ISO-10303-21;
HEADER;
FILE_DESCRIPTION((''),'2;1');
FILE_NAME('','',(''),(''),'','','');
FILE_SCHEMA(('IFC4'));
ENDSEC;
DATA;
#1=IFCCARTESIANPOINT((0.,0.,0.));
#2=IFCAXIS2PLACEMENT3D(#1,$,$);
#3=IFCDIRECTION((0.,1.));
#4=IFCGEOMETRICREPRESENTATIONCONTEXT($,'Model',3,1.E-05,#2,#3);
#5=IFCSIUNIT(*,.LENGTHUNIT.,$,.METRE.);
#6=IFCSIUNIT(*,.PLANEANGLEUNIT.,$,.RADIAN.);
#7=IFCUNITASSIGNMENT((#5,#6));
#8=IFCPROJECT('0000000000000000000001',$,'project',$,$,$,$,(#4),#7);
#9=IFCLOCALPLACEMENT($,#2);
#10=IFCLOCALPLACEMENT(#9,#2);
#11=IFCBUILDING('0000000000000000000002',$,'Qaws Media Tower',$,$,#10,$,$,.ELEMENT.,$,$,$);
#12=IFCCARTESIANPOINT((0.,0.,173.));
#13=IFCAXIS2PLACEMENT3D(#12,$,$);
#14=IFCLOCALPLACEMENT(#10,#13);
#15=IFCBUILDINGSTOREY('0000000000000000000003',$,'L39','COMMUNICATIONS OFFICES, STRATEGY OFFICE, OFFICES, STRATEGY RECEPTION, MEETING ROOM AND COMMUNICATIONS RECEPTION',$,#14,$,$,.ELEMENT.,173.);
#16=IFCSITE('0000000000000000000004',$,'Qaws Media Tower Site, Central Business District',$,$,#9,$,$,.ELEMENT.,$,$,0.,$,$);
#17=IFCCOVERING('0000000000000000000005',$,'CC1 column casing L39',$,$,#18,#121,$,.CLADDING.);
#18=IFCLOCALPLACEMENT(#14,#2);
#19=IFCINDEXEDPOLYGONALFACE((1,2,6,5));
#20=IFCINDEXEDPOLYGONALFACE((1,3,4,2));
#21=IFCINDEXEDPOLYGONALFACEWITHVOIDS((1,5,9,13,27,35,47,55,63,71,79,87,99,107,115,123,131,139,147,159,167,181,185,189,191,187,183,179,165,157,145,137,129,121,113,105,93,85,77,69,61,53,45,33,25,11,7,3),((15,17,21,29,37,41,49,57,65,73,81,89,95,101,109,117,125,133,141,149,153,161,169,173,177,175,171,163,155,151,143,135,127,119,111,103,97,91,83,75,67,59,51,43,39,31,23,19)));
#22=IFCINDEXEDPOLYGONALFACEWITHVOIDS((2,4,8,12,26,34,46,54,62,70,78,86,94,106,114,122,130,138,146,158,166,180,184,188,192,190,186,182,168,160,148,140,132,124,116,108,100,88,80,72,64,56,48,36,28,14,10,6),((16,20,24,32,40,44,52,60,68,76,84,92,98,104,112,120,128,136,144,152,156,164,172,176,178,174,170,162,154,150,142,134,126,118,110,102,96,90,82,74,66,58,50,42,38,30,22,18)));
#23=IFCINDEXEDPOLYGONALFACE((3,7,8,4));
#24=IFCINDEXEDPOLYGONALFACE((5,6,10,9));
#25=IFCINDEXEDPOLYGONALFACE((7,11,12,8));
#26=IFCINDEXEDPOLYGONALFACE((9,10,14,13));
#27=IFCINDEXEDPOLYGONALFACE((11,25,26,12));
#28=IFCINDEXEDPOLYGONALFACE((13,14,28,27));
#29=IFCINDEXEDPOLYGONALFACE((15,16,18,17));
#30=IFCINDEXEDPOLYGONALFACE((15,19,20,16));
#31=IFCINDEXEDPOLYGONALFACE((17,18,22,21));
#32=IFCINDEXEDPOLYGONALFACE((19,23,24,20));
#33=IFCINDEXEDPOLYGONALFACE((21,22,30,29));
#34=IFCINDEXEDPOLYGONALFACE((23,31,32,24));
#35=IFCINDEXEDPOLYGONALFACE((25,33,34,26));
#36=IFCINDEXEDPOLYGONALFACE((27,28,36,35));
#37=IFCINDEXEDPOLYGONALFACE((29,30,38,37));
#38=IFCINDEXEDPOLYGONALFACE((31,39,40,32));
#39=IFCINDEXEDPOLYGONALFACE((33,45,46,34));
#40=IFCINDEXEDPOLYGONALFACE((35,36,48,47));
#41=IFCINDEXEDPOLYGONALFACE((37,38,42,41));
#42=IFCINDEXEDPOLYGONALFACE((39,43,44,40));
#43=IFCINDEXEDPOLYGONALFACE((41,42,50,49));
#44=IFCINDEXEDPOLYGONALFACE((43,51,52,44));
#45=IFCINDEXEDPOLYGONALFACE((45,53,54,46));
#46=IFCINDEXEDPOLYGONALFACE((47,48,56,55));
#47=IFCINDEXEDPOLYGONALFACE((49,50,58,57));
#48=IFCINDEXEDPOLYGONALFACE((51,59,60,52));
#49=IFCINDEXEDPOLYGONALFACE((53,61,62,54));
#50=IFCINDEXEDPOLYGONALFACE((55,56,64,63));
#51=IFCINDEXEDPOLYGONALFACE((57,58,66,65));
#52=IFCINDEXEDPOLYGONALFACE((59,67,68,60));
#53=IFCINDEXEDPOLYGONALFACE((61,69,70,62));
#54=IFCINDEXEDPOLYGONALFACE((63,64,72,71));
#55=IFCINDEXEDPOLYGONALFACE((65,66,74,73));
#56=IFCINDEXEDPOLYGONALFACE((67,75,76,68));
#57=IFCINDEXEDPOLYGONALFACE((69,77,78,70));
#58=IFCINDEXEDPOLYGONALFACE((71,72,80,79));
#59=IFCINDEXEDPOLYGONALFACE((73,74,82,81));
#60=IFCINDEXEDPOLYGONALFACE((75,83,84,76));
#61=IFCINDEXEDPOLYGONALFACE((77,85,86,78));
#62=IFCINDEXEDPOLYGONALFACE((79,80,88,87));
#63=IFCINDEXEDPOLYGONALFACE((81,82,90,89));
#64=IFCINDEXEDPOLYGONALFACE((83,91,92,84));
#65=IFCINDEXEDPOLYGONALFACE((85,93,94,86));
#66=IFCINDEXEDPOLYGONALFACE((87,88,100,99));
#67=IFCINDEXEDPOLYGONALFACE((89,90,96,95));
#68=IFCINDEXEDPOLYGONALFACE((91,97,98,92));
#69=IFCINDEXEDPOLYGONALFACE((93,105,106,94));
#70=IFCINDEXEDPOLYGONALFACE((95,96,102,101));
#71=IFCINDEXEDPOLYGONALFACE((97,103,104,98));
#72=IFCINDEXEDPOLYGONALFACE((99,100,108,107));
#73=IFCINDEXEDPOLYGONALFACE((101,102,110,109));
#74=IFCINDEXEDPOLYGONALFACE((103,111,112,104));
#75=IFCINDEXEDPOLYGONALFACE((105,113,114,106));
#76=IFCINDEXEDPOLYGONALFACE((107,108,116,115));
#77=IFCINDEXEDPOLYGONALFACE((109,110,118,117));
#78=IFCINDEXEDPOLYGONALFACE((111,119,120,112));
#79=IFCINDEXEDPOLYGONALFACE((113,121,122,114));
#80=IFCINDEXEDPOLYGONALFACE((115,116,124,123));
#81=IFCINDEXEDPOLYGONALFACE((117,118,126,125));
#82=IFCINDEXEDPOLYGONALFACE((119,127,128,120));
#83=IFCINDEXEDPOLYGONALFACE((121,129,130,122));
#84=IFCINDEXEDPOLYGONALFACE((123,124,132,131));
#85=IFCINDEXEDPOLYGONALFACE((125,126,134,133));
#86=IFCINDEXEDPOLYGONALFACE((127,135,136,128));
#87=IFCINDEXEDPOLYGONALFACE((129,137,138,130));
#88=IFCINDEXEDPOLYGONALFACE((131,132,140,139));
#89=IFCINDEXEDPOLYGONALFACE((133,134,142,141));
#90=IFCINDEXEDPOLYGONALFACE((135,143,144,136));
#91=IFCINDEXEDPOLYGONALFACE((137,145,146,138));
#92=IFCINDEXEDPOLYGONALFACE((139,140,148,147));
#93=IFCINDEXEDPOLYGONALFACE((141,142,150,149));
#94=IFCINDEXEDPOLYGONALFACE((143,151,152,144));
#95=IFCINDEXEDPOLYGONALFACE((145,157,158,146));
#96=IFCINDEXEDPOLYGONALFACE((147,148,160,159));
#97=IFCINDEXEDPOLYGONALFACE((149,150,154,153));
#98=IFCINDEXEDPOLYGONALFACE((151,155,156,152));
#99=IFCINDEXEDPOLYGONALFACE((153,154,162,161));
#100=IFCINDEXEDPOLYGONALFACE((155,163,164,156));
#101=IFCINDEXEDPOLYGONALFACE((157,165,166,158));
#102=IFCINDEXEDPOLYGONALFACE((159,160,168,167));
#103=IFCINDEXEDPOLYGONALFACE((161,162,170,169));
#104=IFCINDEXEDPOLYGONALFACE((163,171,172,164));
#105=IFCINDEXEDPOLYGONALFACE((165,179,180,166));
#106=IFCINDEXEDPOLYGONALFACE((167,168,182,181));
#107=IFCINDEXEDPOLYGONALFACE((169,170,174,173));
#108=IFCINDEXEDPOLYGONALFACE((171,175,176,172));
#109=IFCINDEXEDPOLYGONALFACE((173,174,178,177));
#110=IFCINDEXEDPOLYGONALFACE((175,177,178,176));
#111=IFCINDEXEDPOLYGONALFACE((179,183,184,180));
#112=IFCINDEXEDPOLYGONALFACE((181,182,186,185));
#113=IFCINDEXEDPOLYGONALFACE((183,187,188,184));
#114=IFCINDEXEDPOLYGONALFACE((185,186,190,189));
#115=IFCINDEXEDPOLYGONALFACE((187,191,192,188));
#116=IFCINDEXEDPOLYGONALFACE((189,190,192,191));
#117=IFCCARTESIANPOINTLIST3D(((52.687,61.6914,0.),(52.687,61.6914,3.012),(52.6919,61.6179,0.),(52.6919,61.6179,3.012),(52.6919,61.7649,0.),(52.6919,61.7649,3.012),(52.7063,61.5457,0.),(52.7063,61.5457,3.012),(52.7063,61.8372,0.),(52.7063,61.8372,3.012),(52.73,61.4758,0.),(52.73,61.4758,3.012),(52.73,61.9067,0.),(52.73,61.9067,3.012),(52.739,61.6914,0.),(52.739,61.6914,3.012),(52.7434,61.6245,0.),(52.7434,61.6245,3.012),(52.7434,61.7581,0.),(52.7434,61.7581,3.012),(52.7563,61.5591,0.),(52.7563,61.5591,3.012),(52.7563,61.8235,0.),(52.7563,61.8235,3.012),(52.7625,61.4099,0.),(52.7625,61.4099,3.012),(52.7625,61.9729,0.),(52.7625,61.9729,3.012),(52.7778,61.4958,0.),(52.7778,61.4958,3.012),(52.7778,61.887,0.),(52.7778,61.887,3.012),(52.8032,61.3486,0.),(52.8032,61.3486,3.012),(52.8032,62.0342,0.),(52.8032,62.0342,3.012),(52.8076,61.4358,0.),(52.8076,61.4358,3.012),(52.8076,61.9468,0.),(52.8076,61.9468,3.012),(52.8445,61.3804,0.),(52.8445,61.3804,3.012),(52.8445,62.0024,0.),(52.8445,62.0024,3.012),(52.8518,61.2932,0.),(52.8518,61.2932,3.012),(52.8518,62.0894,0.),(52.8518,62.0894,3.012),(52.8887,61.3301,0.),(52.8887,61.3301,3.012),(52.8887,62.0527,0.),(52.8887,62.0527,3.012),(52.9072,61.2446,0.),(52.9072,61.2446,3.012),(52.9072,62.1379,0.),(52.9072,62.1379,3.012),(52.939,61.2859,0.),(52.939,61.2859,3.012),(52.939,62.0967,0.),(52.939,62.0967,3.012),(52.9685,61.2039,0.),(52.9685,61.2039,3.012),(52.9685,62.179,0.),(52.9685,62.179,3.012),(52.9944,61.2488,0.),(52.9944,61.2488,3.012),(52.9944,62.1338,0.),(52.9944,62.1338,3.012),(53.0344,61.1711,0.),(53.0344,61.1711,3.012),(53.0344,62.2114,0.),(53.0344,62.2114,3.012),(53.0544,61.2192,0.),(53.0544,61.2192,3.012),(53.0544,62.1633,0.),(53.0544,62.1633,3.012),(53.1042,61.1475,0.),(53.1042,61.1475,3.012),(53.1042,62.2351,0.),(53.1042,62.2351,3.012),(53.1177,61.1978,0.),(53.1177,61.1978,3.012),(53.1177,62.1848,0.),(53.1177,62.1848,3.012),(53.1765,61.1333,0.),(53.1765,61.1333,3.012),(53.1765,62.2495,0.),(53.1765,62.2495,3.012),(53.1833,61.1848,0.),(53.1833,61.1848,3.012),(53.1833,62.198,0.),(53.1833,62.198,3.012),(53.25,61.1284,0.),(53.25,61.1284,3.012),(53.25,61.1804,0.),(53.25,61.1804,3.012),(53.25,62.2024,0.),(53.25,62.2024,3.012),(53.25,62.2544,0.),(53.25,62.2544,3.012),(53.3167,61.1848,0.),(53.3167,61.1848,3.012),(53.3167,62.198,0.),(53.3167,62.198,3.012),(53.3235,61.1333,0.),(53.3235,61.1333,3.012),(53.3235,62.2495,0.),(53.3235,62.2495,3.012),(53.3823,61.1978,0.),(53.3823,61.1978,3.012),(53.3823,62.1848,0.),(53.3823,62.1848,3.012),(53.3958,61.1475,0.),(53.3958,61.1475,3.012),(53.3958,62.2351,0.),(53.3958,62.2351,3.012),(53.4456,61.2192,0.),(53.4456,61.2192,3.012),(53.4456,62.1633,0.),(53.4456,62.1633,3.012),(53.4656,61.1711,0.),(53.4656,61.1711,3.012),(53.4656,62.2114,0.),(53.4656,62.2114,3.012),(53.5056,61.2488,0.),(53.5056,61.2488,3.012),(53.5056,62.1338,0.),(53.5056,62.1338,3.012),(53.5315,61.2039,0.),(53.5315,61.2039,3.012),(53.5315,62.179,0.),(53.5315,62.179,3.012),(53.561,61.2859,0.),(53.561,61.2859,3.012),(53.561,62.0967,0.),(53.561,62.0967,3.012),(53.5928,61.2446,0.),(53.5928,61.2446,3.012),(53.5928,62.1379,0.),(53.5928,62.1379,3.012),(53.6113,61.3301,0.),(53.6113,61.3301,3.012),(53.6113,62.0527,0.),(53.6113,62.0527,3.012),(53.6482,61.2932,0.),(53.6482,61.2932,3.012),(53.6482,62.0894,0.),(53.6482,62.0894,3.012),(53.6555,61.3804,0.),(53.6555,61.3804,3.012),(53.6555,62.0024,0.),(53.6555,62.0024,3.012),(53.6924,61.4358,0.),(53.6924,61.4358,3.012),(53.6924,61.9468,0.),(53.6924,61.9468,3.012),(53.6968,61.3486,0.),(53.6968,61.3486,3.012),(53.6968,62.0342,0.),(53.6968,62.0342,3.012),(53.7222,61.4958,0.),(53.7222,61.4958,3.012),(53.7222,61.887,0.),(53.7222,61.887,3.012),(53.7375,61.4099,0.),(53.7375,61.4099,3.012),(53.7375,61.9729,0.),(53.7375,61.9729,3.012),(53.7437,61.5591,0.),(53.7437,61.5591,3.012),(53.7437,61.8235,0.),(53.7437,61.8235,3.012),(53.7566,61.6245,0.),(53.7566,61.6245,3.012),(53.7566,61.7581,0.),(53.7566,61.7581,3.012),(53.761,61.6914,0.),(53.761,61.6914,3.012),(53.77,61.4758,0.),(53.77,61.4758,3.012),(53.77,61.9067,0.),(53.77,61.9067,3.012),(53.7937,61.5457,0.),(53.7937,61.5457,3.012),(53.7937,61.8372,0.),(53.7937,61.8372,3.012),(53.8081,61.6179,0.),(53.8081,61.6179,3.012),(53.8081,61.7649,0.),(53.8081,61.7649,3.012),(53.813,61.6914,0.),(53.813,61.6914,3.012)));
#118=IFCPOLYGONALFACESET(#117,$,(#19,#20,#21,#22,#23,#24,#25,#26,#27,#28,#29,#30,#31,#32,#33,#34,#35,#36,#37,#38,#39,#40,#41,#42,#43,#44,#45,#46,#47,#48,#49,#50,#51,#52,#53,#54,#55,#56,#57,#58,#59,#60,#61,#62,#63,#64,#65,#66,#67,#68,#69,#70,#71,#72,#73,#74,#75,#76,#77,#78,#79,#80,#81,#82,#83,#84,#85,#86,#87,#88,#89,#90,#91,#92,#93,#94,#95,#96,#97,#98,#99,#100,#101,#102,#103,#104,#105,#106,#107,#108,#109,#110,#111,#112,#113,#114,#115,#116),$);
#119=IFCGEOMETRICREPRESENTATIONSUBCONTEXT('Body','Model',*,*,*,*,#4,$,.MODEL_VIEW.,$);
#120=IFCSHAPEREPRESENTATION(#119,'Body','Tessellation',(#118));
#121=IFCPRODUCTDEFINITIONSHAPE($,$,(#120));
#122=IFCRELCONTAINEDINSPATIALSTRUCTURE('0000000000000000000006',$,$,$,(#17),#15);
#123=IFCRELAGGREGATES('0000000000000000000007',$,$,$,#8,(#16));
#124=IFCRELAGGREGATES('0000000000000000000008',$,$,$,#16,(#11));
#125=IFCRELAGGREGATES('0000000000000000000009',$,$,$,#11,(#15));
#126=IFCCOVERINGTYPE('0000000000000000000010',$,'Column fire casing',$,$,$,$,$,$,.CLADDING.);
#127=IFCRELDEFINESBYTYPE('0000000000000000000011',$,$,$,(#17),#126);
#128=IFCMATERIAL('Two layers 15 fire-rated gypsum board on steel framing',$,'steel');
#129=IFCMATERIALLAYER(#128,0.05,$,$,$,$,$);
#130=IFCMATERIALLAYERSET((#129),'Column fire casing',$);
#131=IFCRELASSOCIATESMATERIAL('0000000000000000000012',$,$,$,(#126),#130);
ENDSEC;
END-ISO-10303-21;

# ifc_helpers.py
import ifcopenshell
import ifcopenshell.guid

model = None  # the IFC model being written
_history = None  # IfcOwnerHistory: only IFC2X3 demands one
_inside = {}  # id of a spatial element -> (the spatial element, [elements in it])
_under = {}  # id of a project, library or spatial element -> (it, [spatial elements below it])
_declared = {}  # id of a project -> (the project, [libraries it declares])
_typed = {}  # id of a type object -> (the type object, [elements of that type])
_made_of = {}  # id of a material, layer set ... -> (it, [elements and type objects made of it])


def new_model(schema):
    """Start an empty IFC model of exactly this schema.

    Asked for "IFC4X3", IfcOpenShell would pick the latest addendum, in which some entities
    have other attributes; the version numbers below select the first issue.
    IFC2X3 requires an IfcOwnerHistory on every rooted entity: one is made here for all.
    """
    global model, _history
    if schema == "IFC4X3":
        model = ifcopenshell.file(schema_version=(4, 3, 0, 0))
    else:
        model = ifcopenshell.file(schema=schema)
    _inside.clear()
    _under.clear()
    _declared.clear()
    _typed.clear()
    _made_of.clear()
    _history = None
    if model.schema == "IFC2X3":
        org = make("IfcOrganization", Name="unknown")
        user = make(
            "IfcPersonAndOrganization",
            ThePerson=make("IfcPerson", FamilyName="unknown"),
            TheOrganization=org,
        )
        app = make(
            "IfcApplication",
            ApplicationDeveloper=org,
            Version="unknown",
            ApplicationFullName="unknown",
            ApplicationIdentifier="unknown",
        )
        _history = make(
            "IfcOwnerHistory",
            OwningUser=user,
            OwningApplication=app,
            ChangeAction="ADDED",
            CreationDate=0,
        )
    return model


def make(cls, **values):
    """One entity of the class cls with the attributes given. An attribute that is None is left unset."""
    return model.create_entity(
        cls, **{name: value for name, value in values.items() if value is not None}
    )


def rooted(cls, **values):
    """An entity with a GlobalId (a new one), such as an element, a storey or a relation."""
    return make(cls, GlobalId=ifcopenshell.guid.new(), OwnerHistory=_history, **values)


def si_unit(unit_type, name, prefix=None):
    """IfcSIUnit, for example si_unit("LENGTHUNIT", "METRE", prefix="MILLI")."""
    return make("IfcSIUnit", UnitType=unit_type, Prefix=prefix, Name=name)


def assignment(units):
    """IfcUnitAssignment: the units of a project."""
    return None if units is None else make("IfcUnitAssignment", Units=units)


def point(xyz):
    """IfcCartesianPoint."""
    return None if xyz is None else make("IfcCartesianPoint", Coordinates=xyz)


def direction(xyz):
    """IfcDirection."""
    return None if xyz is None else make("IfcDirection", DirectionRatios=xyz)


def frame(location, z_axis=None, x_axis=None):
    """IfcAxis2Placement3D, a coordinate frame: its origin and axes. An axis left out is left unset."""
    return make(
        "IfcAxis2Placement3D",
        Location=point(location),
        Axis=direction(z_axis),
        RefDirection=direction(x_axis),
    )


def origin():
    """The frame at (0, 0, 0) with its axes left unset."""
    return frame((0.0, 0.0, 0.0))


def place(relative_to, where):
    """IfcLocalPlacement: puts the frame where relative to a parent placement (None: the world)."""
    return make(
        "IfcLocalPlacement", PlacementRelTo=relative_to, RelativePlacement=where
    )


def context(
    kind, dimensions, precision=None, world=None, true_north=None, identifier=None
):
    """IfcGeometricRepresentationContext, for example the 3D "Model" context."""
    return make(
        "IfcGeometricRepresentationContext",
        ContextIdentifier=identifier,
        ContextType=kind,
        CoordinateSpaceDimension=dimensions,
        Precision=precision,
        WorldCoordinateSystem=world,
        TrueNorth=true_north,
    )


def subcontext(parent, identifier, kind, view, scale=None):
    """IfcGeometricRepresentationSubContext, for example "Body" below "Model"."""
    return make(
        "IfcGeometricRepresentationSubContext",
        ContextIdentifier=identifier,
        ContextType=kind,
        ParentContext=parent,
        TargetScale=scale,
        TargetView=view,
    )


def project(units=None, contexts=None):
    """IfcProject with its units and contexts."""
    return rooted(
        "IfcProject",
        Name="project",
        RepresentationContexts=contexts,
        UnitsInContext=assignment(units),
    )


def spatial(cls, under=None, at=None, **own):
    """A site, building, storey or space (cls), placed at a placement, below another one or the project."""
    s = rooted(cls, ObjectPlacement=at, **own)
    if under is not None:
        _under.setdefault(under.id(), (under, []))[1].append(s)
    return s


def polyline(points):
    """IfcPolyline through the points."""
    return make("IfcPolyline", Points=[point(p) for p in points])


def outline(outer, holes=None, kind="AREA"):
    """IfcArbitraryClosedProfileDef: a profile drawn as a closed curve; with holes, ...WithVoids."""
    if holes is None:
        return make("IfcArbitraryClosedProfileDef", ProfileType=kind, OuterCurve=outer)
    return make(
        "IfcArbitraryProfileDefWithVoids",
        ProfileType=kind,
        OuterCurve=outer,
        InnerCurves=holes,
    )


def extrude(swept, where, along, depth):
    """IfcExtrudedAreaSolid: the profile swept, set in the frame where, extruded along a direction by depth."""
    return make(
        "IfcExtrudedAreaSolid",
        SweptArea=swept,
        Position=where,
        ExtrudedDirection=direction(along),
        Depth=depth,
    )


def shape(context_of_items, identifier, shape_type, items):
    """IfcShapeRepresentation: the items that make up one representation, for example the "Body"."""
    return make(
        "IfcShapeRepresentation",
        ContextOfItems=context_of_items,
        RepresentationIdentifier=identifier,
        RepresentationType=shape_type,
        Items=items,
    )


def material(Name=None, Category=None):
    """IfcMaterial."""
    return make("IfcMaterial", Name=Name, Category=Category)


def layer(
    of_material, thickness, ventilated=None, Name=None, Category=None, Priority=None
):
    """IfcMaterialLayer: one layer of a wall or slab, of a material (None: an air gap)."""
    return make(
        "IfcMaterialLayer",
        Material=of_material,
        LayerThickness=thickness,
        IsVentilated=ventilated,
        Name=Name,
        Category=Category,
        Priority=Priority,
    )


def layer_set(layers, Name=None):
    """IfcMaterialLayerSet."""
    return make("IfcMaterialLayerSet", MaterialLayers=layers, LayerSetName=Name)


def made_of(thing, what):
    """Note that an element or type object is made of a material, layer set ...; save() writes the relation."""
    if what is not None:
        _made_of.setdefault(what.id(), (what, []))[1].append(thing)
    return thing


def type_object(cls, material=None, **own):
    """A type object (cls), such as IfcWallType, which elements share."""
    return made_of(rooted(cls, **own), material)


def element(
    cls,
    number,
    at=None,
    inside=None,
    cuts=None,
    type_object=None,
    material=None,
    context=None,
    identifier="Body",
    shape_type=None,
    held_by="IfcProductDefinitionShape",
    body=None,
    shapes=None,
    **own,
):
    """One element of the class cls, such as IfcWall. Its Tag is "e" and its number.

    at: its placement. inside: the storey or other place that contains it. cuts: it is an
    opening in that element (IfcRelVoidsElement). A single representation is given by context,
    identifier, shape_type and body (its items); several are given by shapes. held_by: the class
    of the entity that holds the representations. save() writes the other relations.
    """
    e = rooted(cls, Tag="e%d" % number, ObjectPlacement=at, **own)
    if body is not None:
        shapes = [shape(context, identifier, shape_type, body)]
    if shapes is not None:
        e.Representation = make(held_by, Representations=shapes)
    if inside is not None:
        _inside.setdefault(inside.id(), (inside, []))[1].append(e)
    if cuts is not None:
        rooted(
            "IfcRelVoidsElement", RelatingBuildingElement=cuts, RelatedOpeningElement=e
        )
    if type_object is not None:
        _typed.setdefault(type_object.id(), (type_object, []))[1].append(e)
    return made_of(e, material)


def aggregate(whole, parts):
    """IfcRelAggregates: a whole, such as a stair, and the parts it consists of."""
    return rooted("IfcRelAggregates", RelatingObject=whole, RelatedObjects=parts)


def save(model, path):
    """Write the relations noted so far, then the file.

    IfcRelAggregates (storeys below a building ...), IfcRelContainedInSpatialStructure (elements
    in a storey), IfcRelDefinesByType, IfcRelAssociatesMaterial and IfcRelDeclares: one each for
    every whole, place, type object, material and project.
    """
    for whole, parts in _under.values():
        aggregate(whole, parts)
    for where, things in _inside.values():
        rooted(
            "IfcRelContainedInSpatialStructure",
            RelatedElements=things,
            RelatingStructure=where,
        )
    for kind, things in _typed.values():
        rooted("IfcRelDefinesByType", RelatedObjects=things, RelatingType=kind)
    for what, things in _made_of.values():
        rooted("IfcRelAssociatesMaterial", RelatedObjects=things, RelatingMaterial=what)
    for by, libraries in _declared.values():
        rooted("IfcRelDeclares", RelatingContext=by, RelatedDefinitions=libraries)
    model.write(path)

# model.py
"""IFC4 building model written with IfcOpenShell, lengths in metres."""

from ifc_helpers import new_model, si_unit, direction, frame, origin, place, context, subcontext, project, spatial, polyline, outline, extrude, material, layer, layer_set, type_object, element, save


model = new_model("IFC4")

# Units and contexts
model_context = context("Model", 3, precision=1e-05, world=origin(), true_north=direction((0.0, 1.0)))
body_context = subcontext(model_context, "Body", "Model", "MODEL_VIEW")
ifc_project = project(units=[si_unit("LENGTHUNIT", "METRE"), si_unit("PLANEANGLEUNIT", "RADIAN")], contexts=[model_context])

# Site, building, storey
site_placement = place(None, origin())
site = spatial("IfcSite", under=ifc_project, at=site_placement, Name="Qaws Media Tower Site, Central Business District", CompositionType="ELEMENT", RefElevation=0.0)
building_placement = place(site_placement, origin())
building = spatial("IfcBuilding", under=site, at=building_placement, Name="Qaws Media Tower", CompositionType="ELEMENT")
storey_placement = place(building_placement, frame((0.0, 0.0, 173.0)))
storey = spatial("IfcBuildingStorey", under=building, at=storey_placement, Name="L39", Description="COMMUNICATIONS OFFICES, STRATEGY OFFICE, OFFICES, STRATEGY RECEPTION, MEETING ROOM AND COMMUNICATIONS RECEPTION", CompositionType="ELEMENT", Elevation=173.0)

# Covering
ifc_material_1 = material(Name="Two layers 15 fire-rated gypsum board on steel framing", Category="steel")
ifc_layer_1 = layer(ifc_material_1, 0.05)
ifc_layer_set_1 = layer_set([ifc_layer_1], Name="Column fire casing")
covering_type = type_object("IfcCoveringType", Name="Column fire casing", PredefinedType="CLADDING", material=ifc_layer_set_1)
covering_1_placement = place(storey_placement, origin())
element("IfcCovering", 1, at=covering_1_placement, inside=storey, type_object=covering_type, Name="CC1 column casing L39", PredefinedType="CLADDING", context=body_context, shape_type="SweptSolid", body=[
    extrude(outline(polyline([(53.813, 61.6914), (53.8081, 61.6179), (53.7937, 61.5457), (53.77, 61.4758), (53.7375, 61.4099), (53.6968, 61.3486), (53.6482, 61.2932), (53.5928, 61.2446), (53.5315, 61.2039), (53.4656, 61.1711), (53.3958, 61.1475), (53.3235, 61.1333), (53.25, 61.1284), (53.1765, 61.1333), (53.1042, 61.1475), (53.0344, 61.1711), (52.9685, 61.2039), (52.9072, 61.2446), (52.8518, 61.2932), (52.8032, 61.3486), (52.7625, 61.4099), (52.73, 61.4758), (52.7063, 61.5457), (52.6919, 61.6179), (52.687, 61.6914), (52.6919, 61.7649), (52.7063, 61.8372), (52.73, 61.9067), (52.7625, 61.9729), (52.8032, 62.0342), (52.8518, 62.0894), (52.9072, 62.1379), (52.9685, 62.179), (53.0344, 62.2114), (53.1042, 62.2351), (53.1765, 62.2495), (53.25, 62.2544), (53.3235, 62.2495), (53.3958, 62.2351), (53.4656, 62.2114), (53.5315, 62.179), (53.5928, 62.1379), (53.6482, 62.0894), (53.6968, 62.0342), (53.7375, 61.9729), (53.77, 61.9067), (53.7937, 61.8372), (53.8081, 61.7649), (53.813, 61.6914)]), holes=[polyline([(53.761, 61.6914), (53.7566, 61.6245), (53.7437, 61.5591), (53.7222, 61.4958), (53.6924, 61.4358), (53.6555, 61.3804), (53.6113, 61.3301), (53.561, 61.2859), (53.5056, 61.2488), (53.4456, 61.2192), (53.3823, 61.1978), (53.3167, 61.1848), (53.25, 61.1804), (53.1833, 61.1848), (53.1177, 61.1978), (53.0544, 61.2192), (52.9944, 61.2488), (52.939, 61.2859), (52.8887, 61.3301), (52.8445, 61.3804), (52.8076, 61.4358), (52.7778, 61.4958), (52.7563, 61.5591), (52.7434, 61.6245), (52.739, 61.6914), (52.7434, 61.7581), (52.7563, 61.8235), (52.7778, 61.887), (52.8076, 61.9468), (52.8445, 62.0024), (52.8887, 62.0527), (52.939, 62.0967), (52.9944, 62.1338), (53.0544, 62.1633), (53.1177, 62.1848), (53.1833, 62.198), (53.25, 62.2024), (53.3167, 62.198), (53.3823, 62.1848), (53.4456, 62.1633), (53.5056, 62.1338), (53.561, 62.0967), (53.6113, 62.0527), (53.6555, 62.0024), (53.6924, 61.9468), (53.7222, 61.887), (53.7437, 61.8235), (53.7566, 61.7581), (53.761, 61.6914)])]), origin(), (0.0, 0.0, 1.0), 3.012),
])

save(model, "model.ifc")
